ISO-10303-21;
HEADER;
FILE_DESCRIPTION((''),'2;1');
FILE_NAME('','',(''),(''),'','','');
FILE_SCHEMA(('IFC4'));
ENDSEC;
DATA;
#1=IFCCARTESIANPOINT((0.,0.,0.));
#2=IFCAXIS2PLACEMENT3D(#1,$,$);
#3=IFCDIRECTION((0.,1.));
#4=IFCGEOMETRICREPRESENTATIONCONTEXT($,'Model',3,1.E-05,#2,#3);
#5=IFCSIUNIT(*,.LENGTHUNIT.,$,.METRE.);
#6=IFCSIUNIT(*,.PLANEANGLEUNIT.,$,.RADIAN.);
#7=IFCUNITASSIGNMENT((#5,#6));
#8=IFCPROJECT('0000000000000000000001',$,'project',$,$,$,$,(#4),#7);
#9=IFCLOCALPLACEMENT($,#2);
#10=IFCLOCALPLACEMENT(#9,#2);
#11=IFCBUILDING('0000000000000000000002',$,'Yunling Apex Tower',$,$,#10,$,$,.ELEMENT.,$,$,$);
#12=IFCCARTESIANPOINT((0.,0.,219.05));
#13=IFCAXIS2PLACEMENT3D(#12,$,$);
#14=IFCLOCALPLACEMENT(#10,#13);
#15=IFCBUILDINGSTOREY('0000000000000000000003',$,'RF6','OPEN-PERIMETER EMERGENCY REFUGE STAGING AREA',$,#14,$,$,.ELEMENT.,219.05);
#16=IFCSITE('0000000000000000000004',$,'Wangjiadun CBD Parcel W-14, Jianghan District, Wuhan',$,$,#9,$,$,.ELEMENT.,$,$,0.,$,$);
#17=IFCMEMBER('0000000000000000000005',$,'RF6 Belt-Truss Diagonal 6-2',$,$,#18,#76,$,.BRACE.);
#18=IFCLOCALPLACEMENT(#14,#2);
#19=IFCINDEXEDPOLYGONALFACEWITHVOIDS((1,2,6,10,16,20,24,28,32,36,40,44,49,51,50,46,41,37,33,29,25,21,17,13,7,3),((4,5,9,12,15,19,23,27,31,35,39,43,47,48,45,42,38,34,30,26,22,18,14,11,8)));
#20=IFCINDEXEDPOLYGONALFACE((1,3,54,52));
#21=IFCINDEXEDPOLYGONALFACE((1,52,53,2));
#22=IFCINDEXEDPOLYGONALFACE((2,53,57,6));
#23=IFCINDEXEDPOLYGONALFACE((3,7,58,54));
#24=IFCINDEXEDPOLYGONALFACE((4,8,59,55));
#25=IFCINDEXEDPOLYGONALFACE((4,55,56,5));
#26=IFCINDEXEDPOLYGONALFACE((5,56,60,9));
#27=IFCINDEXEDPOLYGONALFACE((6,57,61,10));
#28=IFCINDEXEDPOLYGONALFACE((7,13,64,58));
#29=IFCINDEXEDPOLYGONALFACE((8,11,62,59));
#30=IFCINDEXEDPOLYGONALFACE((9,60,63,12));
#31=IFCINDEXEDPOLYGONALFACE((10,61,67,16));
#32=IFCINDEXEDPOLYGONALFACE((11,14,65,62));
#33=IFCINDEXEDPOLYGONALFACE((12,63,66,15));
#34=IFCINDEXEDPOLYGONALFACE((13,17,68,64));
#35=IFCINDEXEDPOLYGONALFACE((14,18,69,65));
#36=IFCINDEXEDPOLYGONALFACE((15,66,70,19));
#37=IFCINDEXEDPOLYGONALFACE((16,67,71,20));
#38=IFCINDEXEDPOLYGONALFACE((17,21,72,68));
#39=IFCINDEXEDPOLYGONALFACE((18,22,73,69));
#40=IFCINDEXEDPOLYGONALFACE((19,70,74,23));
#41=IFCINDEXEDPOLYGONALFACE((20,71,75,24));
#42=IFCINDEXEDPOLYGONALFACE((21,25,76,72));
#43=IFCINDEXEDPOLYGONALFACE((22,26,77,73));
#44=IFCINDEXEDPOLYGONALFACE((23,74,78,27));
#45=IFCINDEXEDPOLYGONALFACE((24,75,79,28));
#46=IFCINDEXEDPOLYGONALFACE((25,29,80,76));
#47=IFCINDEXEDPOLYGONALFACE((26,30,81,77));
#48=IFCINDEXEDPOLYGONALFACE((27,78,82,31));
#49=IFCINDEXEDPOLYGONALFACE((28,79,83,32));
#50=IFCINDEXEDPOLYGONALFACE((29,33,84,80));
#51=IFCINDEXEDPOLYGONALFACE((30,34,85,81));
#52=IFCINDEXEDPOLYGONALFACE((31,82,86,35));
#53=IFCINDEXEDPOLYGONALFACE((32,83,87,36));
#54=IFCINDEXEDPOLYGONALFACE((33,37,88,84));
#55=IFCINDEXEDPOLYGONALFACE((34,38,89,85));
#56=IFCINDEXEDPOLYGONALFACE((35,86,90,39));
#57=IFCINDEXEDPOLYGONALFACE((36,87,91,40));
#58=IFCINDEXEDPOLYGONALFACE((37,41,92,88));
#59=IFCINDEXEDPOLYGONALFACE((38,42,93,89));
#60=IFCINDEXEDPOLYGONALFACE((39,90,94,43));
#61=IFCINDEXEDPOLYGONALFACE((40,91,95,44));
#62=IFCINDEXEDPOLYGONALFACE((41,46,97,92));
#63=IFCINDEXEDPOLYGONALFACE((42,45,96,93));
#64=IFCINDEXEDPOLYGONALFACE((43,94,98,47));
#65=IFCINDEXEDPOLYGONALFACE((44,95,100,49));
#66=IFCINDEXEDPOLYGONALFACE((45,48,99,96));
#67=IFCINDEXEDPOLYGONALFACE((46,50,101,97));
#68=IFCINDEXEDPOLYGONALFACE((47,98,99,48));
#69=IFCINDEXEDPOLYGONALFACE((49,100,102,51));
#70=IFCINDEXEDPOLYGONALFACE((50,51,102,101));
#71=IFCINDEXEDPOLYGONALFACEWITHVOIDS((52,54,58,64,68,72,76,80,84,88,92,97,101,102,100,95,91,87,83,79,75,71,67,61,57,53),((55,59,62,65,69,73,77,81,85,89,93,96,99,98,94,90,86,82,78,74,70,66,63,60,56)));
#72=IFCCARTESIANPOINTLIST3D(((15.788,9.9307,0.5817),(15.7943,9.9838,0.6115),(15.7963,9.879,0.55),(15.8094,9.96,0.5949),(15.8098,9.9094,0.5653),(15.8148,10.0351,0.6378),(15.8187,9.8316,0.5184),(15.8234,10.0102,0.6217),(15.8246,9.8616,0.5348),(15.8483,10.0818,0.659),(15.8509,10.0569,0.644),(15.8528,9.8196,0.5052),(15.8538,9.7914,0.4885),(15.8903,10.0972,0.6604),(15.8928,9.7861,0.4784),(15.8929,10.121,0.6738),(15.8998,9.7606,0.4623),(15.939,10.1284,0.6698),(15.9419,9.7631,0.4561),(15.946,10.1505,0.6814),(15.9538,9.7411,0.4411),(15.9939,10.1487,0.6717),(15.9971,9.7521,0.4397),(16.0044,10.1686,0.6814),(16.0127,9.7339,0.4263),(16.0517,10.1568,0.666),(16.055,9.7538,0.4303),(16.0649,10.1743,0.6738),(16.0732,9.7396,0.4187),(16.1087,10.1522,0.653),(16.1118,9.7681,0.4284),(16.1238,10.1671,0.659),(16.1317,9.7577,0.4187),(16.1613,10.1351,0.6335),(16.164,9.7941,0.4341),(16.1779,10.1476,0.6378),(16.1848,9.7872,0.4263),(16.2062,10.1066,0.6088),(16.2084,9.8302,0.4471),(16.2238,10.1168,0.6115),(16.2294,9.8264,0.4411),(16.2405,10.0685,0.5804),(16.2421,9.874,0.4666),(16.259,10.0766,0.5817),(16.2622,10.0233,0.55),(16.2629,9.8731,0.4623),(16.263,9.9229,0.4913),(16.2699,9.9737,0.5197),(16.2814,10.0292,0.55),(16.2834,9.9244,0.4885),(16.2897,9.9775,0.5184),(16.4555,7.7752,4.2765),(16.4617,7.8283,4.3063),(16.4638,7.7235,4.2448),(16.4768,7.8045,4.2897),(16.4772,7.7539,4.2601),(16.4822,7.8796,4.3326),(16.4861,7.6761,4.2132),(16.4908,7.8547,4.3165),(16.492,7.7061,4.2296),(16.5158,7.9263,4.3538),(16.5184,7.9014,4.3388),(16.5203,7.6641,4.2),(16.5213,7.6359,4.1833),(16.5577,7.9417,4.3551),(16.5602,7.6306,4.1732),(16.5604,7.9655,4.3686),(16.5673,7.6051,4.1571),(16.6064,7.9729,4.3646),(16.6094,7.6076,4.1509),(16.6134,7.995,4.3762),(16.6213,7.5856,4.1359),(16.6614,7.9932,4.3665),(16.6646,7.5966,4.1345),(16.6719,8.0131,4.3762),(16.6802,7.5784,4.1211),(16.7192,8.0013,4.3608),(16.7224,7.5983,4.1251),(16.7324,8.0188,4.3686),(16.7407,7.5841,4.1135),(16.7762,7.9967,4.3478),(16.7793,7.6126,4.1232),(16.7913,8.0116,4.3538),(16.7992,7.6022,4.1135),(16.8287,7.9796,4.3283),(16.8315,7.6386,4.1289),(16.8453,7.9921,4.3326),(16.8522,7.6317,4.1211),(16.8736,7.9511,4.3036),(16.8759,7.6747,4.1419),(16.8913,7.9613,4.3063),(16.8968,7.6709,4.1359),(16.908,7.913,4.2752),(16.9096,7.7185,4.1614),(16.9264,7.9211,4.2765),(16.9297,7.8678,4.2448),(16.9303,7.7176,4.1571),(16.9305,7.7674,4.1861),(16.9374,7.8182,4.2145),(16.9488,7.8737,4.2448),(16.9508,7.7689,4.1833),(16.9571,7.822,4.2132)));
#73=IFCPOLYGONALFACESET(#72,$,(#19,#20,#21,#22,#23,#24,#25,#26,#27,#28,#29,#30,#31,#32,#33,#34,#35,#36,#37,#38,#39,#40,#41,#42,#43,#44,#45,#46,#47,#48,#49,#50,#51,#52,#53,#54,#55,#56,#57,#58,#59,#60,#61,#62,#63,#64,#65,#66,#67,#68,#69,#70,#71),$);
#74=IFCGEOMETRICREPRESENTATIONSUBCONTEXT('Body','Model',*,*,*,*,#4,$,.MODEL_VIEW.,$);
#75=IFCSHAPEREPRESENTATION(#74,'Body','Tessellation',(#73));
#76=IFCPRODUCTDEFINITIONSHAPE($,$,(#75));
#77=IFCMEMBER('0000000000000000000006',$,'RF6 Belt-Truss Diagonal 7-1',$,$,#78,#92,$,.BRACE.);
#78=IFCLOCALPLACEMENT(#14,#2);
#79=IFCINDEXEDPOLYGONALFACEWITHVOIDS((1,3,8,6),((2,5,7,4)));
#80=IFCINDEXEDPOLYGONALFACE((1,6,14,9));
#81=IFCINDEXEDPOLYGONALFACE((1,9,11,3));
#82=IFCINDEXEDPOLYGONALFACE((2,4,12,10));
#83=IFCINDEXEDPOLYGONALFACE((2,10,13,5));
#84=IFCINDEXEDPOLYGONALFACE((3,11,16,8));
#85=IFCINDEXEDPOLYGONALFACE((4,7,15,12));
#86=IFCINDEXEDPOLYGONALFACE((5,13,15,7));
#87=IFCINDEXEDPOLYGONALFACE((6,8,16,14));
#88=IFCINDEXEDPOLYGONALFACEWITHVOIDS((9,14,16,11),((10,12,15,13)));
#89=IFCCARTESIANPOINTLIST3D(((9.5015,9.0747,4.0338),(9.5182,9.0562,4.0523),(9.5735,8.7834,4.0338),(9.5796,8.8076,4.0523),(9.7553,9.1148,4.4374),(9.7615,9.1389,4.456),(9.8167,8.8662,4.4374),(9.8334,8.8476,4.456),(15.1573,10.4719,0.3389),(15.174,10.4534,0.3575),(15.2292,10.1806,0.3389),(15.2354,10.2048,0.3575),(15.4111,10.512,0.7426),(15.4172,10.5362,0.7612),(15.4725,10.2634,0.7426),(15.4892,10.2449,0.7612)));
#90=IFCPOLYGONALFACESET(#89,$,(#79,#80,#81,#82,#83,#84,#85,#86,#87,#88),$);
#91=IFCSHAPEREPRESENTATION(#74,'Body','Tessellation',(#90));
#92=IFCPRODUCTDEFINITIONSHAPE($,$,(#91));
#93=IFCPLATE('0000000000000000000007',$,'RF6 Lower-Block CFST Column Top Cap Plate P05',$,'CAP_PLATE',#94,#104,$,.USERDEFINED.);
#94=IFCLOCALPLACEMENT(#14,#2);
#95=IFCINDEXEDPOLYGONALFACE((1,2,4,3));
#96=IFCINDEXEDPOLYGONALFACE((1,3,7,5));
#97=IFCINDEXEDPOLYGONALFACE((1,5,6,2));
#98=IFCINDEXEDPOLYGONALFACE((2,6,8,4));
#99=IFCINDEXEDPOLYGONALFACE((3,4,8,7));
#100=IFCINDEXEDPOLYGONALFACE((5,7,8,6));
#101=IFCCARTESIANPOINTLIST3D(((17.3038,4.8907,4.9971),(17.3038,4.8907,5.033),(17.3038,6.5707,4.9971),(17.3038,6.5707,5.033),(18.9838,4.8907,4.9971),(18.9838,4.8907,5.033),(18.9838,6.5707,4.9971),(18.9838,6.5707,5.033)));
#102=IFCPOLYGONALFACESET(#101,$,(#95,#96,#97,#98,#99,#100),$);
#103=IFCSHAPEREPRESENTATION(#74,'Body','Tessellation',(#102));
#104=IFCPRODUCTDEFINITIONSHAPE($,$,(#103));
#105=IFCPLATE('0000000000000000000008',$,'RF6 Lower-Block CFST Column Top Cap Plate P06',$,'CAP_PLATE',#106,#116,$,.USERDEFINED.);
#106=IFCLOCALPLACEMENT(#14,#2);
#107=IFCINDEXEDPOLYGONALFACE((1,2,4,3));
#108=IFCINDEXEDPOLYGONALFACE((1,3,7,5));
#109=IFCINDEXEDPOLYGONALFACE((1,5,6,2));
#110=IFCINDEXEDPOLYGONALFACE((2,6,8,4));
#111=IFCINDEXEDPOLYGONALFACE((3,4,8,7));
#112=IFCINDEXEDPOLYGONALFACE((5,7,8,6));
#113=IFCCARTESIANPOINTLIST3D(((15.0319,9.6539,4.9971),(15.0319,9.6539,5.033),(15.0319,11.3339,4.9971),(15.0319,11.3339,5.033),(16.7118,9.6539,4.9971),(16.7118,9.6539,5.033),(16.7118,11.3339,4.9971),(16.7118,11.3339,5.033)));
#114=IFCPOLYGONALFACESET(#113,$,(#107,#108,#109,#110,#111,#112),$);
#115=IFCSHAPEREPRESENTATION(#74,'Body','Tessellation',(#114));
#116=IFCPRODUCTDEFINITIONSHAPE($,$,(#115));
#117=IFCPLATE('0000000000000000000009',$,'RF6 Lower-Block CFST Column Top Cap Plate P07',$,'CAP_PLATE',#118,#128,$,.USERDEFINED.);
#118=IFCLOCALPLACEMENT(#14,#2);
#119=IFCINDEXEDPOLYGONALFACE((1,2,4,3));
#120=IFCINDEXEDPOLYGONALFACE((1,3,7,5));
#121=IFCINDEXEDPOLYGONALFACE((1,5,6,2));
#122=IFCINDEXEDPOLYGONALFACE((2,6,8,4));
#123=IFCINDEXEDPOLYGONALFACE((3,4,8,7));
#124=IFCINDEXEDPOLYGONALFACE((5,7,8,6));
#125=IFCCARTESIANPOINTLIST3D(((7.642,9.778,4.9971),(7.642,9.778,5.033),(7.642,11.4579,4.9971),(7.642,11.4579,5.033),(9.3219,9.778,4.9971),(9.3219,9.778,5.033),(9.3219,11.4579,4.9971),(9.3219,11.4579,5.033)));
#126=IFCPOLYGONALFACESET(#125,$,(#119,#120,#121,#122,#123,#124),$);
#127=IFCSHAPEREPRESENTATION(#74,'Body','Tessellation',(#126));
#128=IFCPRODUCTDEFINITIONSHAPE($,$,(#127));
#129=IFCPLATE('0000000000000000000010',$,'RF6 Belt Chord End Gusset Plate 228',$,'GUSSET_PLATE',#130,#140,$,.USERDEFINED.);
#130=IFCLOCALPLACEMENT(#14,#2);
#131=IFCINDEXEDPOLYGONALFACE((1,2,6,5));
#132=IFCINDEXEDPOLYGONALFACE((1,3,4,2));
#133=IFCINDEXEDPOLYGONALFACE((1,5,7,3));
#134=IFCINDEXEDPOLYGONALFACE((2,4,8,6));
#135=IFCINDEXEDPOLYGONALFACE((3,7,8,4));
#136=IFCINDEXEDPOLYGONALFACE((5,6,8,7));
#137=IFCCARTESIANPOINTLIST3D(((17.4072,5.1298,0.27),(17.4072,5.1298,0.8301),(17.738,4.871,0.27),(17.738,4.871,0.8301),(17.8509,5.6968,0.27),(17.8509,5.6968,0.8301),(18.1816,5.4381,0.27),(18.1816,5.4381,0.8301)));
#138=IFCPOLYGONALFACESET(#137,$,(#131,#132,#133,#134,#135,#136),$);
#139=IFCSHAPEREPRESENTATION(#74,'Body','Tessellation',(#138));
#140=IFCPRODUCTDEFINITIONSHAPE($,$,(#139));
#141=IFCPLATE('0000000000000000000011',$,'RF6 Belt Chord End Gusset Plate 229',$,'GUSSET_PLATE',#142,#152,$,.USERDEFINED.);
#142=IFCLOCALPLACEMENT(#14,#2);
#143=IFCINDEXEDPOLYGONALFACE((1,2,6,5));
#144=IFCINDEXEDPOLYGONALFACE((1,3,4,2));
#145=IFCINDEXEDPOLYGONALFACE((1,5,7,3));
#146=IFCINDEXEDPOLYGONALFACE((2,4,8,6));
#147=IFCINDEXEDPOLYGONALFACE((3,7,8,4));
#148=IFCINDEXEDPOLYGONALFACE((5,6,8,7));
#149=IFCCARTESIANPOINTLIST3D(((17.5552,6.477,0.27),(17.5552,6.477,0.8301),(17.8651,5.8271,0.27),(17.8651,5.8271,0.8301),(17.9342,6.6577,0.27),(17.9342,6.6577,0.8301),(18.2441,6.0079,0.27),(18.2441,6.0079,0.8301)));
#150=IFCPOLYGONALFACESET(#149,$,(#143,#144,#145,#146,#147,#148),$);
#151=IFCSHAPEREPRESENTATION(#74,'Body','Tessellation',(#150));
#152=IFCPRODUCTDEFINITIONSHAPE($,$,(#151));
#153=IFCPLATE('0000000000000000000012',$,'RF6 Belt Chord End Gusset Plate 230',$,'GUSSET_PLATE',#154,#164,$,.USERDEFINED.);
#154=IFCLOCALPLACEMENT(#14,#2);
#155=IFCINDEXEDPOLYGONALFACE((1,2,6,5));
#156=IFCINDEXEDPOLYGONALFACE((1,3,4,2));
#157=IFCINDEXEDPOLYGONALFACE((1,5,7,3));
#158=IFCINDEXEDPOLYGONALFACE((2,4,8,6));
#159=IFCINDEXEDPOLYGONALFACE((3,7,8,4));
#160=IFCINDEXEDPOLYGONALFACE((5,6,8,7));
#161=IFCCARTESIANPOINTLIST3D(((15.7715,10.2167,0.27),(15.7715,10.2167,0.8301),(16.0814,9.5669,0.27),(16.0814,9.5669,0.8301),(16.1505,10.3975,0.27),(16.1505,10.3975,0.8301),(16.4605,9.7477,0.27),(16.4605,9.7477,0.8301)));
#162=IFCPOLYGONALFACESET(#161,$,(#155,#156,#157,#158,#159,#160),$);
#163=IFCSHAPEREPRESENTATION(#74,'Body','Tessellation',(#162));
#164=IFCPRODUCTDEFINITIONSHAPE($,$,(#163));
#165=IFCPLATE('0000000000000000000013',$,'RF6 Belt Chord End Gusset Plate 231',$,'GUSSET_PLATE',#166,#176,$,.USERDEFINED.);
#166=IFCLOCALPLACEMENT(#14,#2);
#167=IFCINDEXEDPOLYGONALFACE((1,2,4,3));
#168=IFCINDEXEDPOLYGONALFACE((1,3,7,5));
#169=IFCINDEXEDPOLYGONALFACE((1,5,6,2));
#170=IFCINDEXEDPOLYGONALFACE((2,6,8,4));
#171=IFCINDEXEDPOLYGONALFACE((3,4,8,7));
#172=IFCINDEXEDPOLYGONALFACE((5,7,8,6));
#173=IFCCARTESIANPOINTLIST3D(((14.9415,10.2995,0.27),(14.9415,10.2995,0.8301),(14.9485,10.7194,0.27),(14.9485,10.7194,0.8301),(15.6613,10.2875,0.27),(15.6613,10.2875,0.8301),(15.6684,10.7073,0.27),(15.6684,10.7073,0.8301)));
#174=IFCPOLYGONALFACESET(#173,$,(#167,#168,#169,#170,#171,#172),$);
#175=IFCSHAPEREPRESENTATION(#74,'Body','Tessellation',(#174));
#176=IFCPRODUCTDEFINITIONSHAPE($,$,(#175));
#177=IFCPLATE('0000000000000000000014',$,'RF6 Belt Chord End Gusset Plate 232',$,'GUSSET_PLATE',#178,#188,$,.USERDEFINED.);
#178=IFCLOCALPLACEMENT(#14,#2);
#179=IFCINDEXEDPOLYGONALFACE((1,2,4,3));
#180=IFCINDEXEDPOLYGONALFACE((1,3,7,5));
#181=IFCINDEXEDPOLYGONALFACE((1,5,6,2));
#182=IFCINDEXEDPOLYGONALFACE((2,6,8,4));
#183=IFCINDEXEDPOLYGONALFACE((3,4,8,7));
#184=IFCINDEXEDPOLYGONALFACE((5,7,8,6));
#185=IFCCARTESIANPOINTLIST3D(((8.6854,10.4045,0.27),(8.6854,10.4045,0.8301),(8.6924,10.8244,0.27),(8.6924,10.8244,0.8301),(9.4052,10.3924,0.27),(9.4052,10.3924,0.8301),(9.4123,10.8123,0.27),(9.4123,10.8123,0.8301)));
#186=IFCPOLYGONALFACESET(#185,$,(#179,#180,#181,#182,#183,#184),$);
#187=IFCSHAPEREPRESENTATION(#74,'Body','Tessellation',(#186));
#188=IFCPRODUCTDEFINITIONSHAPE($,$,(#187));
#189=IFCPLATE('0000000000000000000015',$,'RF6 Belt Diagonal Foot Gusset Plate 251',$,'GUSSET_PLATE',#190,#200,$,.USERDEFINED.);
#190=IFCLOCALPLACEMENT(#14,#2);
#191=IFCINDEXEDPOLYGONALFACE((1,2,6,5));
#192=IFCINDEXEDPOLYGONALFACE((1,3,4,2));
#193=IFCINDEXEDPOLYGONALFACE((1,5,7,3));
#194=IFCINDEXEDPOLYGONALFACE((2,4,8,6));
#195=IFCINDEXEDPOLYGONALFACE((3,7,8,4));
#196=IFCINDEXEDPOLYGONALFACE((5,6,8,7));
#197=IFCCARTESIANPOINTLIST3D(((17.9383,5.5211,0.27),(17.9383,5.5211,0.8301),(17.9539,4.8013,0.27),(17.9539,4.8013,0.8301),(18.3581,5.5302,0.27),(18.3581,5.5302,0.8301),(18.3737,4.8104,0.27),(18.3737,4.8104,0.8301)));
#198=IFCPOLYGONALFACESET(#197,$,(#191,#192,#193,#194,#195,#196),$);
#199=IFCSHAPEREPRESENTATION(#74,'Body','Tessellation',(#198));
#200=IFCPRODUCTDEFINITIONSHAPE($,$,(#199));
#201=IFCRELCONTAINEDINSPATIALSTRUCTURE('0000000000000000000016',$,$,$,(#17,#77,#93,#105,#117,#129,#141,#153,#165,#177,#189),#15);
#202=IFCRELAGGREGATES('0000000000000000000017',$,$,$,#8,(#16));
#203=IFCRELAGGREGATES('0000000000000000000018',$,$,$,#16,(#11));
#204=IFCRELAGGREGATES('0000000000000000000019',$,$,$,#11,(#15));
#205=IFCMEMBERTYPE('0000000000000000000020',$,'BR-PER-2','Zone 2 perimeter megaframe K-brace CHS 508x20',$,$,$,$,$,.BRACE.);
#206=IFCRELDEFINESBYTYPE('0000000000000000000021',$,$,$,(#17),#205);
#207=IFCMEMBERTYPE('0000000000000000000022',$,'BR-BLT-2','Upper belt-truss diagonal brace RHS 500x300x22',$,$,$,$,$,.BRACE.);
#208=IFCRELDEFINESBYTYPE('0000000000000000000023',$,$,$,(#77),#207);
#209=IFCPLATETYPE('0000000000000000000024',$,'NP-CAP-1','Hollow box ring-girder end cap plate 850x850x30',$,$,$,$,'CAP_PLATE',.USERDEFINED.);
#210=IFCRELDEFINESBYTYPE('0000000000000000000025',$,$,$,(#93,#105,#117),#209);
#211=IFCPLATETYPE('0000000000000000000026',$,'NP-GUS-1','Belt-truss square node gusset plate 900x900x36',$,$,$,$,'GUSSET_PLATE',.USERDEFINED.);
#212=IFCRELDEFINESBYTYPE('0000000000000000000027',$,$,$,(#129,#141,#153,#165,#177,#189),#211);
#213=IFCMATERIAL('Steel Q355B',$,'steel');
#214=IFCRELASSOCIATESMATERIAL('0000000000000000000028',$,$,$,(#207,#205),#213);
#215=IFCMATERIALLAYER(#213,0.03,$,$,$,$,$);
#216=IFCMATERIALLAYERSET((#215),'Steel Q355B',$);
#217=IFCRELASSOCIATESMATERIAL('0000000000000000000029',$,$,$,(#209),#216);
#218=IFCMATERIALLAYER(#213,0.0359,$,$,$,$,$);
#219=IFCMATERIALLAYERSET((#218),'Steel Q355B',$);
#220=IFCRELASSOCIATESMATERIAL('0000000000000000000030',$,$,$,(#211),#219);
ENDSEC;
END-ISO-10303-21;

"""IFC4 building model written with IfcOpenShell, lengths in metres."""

from ifc_helpers import new_model, si_unit, direction, frame, origin, origin_2d, place, context, subcontext, project, spatial, rectangle, hollow_rectangle, hollow_circle, extrude, source, transform, mapped, material, layer, layer_set, material_profile, profile_set, type_object, element, save


model = new_model("IFC4")

# Units and contexts
model_context = context("Model", 3, precision=1e-05, world=origin(), true_north=direction((0.0, 1.0)))
body_context = subcontext(model_context, "Body", "Model", "MODEL_VIEW")
ifc_project = project(units=[si_unit("LENGTHUNIT", "METRE"), si_unit("PLANEANGLEUNIT", "RADIAN")], contexts=[model_context])

# Site, building, storey
site_placement = place(None, origin())
site = spatial("IfcSite", under=ifc_project, at=site_placement, Name="Wangjiadun CBD Parcel W-14, Jianghan District, Wuhan", CompositionType="ELEMENT", RefElevation=0.0)
building_placement = place(site_placement, origin())
building = spatial("IfcBuilding", under=site, at=building_placement, Name="Yunling Apex Tower", CompositionType="ELEMENT")
storey_placement = place(building_placement, frame((0.0, 0.0, 219.05)))
storey = spatial("IfcBuildingStorey", under=building, at=storey_placement, Name="RF6", Description="OPEN-PERIMETER EMERGENCY REFUGE STAGING AREA", CompositionType="ELEMENT", Elevation=219.05)

# Shared definitions
ifc_material_1 = material(Name="Steel Q355B", Category="steel")

# Members
ifc_material_profile_1 = material_profile(ifc_material_1, hollow_rectangle(XDim=0.3, YDim=0.5, WallThickness=0.022, at=origin_2d()))
ifc_profile_set_1 = profile_set([ifc_material_profile_1], Name="Steel Q355B")
member_type_1 = type_object("IfcMemberType", Name="BR-BLT-2", Description="Upper belt-truss diagonal brace RHS 500x300x22", PredefinedType="BRACE", material=ifc_profile_set_1)
ifc_material_profile_2 = material_profile(ifc_material_1, hollow_circle(Radius=0.2539, WallThickness=0.02, at=origin_2d()))
ifc_profile_set_2 = profile_set([ifc_material_profile_2], Name="Steel Q355B")
member_type_2 = type_object("IfcMemberType", Name="BR-PER-2", Description="Zone 2 perimeter megaframe K-brace CHS 508x20", PredefinedType="BRACE", material=ifc_profile_set_2)
shared_shape_1 = source(origin(), body_context, "Body", "SweptSolid", [
    extrude(hollow_circle(Radius=0.2539, WallThickness=0.02, at=origin_2d()), origin(), (0.0, 0.0, 1.0), 4.3293),
])
member_1_placement = place(storey_placement, frame((16.0388, 9.9541, 0.55), z_axis=(0.154175, -0.497882, 0.853431), x_axis=(0.955249, 0.295804, 0.0)))
element("IfcMember", 1, at=member_1_placement, inside=storey, type_object=member_type_2, Name="RF6 Belt-Truss Diagonal 6-2", PredefinedType="BRACE", context=body_context, shape_type="MappedRepresentation", body=[
    mapped(shared_shape_1, transform((0.0, 0.0, 0.0), scale=1.0)),
])
shared_shape_2 = source(origin(), body_context, "Body", "SweptSolid", [
    extrude(hollow_rectangle(XDim=0.3, YDim=0.5, WallThickness=0.022, at=origin_2d()), origin(), (0.0, 0.0, 1.0), 6.8987),
])
member_2_placement = place(storey_placement, frame((15.3232, 10.3584, 0.55), z_axis=(-0.819834, -0.202534, 0.535585), x_axis=(0.239833, -0.970814, 0.0)))
element("IfcMember", 2, at=member_2_placement, inside=storey, type_object=member_type_1, Name="RF6 Belt-Truss Diagonal 7-1", PredefinedType="BRACE", context=body_context, shape_type="MappedRepresentation", body=[
    mapped(shared_shape_2, transform((0.0, 0.0, 0.0), scale=1.0)),
])

# Plates
ifc_layer_1 = layer(ifc_material_1, 0.03)
ifc_layer_set_1 = layer_set([ifc_layer_1], Name="Steel Q355B")
plate_type_1 = type_object("IfcPlateType", Name="NP-CAP-1", Description="Hollow box ring-girder end cap plate 850x850x30", ElementType="CAP_PLATE", PredefinedType="USERDEFINED", material=ifc_layer_set_1)
shared_shape_3 = source(origin(), body_context, "Body", "SweptSolid", [
    extrude(rectangle(XDim=1.6799, YDim=1.6799, at=origin_2d()), origin(), (0.0, 0.0, 1.0), 0.0359),
])
for number, where, z_axis, x_axis, name in (
    (3, (18.1438, 5.7307, 4.9971), (0.0, 0.0, 1.0), (1.0, 0.0, 0.0), "RF6 Lower-Block CFST Column Top Cap Plate P05"),
    (4, (15.8718, 10.4939, 4.9971), (0.0, 0.0, 1.0), (1.0, 0.0, 0.0), "RF6 Lower-Block CFST Column Top Cap Plate P06"),
    (5, (8.4819, 10.6179, 4.9971), (0.0, 0.0, 1.0), (1.0, 0.0, 0.0), "RF6 Lower-Block CFST Column Top Cap Plate P07"),
):
    element("IfcPlate", number, at=place(storey_placement, frame(where, z_axis=z_axis, x_axis=x_axis)), inside=storey, type_object=plate_type_1, Name=name, ObjectType="CAP_PLATE", PredefinedType="USERDEFINED", context=body_context, shape_type="MappedRepresentation", body=[
        mapped(shared_shape_3, transform((0.0, 0.0, 0.0), scale=1.0)),
    ])
ifc_layer_2 = layer(ifc_material_1, 0.0359)
ifc_layer_set_2 = layer_set([ifc_layer_2], Name="Steel Q355B")
plate_type_2 = type_object("IfcPlateType", Name="NP-GUS-1", Description="Belt-truss square node gusset plate 900x900x36", ElementType="GUSSET_PLATE", PredefinedType="USERDEFINED", material=ifc_layer_set_2)
shared_shape_4 = source(origin(), body_context, "Body", "SweptSolid", [
    extrude(rectangle(XDim=0.72, YDim=0.4199, at=origin_2d()), origin(), (0.0, 0.0, 1.0), 0.5601),
])
for number, where, z_axis, x_axis, name in (
    (6, (17.7944, 5.2839, 0.27), (0.0, 0.0, 1.0), (0.616211, 0.787581, 0.0), "RF6 Belt Chord End Gusset Plate 228"),
    (7, (17.8997, 6.2424, 0.27), (0.0, 0.0, 1.0), (-0.430511, 0.902585, 0.0), "RF6 Belt Chord End Gusset Plate 229"),
    (8, (16.116, 9.9822, 0.27), (0.0, 0.0, 1.0), (-0.430511, 0.902585, 0.0), "RF6 Belt Chord End Gusset Plate 230"),
    (9, (15.3049, 10.5034, 0.27), (0.0, 0.0, 1.0), (-0.99986, 0.016754, 0.0), "RF6 Belt Chord End Gusset Plate 231"),
    (10, (9.0488, 10.6084, 0.27), (0.0, 0.0, 1.0), (-0.99986, 0.016754, 0.0), "RF6 Belt Chord End Gusset Plate 232"),
    (11, (18.156, 5.1658, 0.27), (0.0, 0.0, 1.0), (0.02164, -0.999766, 0.0), "RF6 Belt Diagonal Foot Gusset Plate 251"),
):
    element("IfcPlate", number, at=place(storey_placement, frame(where, z_axis=z_axis, x_axis=x_axis)), inside=storey, type_object=plate_type_2, Name=name, ObjectType="GUSSET_PLATE", PredefinedType="USERDEFINED", context=body_context, shape_type="MappedRepresentation", body=[
        mapped(shared_shape_4, transform((0.0, 0.0, 0.0), scale=1.0)),
    ])

save(model, "model.ifc")
